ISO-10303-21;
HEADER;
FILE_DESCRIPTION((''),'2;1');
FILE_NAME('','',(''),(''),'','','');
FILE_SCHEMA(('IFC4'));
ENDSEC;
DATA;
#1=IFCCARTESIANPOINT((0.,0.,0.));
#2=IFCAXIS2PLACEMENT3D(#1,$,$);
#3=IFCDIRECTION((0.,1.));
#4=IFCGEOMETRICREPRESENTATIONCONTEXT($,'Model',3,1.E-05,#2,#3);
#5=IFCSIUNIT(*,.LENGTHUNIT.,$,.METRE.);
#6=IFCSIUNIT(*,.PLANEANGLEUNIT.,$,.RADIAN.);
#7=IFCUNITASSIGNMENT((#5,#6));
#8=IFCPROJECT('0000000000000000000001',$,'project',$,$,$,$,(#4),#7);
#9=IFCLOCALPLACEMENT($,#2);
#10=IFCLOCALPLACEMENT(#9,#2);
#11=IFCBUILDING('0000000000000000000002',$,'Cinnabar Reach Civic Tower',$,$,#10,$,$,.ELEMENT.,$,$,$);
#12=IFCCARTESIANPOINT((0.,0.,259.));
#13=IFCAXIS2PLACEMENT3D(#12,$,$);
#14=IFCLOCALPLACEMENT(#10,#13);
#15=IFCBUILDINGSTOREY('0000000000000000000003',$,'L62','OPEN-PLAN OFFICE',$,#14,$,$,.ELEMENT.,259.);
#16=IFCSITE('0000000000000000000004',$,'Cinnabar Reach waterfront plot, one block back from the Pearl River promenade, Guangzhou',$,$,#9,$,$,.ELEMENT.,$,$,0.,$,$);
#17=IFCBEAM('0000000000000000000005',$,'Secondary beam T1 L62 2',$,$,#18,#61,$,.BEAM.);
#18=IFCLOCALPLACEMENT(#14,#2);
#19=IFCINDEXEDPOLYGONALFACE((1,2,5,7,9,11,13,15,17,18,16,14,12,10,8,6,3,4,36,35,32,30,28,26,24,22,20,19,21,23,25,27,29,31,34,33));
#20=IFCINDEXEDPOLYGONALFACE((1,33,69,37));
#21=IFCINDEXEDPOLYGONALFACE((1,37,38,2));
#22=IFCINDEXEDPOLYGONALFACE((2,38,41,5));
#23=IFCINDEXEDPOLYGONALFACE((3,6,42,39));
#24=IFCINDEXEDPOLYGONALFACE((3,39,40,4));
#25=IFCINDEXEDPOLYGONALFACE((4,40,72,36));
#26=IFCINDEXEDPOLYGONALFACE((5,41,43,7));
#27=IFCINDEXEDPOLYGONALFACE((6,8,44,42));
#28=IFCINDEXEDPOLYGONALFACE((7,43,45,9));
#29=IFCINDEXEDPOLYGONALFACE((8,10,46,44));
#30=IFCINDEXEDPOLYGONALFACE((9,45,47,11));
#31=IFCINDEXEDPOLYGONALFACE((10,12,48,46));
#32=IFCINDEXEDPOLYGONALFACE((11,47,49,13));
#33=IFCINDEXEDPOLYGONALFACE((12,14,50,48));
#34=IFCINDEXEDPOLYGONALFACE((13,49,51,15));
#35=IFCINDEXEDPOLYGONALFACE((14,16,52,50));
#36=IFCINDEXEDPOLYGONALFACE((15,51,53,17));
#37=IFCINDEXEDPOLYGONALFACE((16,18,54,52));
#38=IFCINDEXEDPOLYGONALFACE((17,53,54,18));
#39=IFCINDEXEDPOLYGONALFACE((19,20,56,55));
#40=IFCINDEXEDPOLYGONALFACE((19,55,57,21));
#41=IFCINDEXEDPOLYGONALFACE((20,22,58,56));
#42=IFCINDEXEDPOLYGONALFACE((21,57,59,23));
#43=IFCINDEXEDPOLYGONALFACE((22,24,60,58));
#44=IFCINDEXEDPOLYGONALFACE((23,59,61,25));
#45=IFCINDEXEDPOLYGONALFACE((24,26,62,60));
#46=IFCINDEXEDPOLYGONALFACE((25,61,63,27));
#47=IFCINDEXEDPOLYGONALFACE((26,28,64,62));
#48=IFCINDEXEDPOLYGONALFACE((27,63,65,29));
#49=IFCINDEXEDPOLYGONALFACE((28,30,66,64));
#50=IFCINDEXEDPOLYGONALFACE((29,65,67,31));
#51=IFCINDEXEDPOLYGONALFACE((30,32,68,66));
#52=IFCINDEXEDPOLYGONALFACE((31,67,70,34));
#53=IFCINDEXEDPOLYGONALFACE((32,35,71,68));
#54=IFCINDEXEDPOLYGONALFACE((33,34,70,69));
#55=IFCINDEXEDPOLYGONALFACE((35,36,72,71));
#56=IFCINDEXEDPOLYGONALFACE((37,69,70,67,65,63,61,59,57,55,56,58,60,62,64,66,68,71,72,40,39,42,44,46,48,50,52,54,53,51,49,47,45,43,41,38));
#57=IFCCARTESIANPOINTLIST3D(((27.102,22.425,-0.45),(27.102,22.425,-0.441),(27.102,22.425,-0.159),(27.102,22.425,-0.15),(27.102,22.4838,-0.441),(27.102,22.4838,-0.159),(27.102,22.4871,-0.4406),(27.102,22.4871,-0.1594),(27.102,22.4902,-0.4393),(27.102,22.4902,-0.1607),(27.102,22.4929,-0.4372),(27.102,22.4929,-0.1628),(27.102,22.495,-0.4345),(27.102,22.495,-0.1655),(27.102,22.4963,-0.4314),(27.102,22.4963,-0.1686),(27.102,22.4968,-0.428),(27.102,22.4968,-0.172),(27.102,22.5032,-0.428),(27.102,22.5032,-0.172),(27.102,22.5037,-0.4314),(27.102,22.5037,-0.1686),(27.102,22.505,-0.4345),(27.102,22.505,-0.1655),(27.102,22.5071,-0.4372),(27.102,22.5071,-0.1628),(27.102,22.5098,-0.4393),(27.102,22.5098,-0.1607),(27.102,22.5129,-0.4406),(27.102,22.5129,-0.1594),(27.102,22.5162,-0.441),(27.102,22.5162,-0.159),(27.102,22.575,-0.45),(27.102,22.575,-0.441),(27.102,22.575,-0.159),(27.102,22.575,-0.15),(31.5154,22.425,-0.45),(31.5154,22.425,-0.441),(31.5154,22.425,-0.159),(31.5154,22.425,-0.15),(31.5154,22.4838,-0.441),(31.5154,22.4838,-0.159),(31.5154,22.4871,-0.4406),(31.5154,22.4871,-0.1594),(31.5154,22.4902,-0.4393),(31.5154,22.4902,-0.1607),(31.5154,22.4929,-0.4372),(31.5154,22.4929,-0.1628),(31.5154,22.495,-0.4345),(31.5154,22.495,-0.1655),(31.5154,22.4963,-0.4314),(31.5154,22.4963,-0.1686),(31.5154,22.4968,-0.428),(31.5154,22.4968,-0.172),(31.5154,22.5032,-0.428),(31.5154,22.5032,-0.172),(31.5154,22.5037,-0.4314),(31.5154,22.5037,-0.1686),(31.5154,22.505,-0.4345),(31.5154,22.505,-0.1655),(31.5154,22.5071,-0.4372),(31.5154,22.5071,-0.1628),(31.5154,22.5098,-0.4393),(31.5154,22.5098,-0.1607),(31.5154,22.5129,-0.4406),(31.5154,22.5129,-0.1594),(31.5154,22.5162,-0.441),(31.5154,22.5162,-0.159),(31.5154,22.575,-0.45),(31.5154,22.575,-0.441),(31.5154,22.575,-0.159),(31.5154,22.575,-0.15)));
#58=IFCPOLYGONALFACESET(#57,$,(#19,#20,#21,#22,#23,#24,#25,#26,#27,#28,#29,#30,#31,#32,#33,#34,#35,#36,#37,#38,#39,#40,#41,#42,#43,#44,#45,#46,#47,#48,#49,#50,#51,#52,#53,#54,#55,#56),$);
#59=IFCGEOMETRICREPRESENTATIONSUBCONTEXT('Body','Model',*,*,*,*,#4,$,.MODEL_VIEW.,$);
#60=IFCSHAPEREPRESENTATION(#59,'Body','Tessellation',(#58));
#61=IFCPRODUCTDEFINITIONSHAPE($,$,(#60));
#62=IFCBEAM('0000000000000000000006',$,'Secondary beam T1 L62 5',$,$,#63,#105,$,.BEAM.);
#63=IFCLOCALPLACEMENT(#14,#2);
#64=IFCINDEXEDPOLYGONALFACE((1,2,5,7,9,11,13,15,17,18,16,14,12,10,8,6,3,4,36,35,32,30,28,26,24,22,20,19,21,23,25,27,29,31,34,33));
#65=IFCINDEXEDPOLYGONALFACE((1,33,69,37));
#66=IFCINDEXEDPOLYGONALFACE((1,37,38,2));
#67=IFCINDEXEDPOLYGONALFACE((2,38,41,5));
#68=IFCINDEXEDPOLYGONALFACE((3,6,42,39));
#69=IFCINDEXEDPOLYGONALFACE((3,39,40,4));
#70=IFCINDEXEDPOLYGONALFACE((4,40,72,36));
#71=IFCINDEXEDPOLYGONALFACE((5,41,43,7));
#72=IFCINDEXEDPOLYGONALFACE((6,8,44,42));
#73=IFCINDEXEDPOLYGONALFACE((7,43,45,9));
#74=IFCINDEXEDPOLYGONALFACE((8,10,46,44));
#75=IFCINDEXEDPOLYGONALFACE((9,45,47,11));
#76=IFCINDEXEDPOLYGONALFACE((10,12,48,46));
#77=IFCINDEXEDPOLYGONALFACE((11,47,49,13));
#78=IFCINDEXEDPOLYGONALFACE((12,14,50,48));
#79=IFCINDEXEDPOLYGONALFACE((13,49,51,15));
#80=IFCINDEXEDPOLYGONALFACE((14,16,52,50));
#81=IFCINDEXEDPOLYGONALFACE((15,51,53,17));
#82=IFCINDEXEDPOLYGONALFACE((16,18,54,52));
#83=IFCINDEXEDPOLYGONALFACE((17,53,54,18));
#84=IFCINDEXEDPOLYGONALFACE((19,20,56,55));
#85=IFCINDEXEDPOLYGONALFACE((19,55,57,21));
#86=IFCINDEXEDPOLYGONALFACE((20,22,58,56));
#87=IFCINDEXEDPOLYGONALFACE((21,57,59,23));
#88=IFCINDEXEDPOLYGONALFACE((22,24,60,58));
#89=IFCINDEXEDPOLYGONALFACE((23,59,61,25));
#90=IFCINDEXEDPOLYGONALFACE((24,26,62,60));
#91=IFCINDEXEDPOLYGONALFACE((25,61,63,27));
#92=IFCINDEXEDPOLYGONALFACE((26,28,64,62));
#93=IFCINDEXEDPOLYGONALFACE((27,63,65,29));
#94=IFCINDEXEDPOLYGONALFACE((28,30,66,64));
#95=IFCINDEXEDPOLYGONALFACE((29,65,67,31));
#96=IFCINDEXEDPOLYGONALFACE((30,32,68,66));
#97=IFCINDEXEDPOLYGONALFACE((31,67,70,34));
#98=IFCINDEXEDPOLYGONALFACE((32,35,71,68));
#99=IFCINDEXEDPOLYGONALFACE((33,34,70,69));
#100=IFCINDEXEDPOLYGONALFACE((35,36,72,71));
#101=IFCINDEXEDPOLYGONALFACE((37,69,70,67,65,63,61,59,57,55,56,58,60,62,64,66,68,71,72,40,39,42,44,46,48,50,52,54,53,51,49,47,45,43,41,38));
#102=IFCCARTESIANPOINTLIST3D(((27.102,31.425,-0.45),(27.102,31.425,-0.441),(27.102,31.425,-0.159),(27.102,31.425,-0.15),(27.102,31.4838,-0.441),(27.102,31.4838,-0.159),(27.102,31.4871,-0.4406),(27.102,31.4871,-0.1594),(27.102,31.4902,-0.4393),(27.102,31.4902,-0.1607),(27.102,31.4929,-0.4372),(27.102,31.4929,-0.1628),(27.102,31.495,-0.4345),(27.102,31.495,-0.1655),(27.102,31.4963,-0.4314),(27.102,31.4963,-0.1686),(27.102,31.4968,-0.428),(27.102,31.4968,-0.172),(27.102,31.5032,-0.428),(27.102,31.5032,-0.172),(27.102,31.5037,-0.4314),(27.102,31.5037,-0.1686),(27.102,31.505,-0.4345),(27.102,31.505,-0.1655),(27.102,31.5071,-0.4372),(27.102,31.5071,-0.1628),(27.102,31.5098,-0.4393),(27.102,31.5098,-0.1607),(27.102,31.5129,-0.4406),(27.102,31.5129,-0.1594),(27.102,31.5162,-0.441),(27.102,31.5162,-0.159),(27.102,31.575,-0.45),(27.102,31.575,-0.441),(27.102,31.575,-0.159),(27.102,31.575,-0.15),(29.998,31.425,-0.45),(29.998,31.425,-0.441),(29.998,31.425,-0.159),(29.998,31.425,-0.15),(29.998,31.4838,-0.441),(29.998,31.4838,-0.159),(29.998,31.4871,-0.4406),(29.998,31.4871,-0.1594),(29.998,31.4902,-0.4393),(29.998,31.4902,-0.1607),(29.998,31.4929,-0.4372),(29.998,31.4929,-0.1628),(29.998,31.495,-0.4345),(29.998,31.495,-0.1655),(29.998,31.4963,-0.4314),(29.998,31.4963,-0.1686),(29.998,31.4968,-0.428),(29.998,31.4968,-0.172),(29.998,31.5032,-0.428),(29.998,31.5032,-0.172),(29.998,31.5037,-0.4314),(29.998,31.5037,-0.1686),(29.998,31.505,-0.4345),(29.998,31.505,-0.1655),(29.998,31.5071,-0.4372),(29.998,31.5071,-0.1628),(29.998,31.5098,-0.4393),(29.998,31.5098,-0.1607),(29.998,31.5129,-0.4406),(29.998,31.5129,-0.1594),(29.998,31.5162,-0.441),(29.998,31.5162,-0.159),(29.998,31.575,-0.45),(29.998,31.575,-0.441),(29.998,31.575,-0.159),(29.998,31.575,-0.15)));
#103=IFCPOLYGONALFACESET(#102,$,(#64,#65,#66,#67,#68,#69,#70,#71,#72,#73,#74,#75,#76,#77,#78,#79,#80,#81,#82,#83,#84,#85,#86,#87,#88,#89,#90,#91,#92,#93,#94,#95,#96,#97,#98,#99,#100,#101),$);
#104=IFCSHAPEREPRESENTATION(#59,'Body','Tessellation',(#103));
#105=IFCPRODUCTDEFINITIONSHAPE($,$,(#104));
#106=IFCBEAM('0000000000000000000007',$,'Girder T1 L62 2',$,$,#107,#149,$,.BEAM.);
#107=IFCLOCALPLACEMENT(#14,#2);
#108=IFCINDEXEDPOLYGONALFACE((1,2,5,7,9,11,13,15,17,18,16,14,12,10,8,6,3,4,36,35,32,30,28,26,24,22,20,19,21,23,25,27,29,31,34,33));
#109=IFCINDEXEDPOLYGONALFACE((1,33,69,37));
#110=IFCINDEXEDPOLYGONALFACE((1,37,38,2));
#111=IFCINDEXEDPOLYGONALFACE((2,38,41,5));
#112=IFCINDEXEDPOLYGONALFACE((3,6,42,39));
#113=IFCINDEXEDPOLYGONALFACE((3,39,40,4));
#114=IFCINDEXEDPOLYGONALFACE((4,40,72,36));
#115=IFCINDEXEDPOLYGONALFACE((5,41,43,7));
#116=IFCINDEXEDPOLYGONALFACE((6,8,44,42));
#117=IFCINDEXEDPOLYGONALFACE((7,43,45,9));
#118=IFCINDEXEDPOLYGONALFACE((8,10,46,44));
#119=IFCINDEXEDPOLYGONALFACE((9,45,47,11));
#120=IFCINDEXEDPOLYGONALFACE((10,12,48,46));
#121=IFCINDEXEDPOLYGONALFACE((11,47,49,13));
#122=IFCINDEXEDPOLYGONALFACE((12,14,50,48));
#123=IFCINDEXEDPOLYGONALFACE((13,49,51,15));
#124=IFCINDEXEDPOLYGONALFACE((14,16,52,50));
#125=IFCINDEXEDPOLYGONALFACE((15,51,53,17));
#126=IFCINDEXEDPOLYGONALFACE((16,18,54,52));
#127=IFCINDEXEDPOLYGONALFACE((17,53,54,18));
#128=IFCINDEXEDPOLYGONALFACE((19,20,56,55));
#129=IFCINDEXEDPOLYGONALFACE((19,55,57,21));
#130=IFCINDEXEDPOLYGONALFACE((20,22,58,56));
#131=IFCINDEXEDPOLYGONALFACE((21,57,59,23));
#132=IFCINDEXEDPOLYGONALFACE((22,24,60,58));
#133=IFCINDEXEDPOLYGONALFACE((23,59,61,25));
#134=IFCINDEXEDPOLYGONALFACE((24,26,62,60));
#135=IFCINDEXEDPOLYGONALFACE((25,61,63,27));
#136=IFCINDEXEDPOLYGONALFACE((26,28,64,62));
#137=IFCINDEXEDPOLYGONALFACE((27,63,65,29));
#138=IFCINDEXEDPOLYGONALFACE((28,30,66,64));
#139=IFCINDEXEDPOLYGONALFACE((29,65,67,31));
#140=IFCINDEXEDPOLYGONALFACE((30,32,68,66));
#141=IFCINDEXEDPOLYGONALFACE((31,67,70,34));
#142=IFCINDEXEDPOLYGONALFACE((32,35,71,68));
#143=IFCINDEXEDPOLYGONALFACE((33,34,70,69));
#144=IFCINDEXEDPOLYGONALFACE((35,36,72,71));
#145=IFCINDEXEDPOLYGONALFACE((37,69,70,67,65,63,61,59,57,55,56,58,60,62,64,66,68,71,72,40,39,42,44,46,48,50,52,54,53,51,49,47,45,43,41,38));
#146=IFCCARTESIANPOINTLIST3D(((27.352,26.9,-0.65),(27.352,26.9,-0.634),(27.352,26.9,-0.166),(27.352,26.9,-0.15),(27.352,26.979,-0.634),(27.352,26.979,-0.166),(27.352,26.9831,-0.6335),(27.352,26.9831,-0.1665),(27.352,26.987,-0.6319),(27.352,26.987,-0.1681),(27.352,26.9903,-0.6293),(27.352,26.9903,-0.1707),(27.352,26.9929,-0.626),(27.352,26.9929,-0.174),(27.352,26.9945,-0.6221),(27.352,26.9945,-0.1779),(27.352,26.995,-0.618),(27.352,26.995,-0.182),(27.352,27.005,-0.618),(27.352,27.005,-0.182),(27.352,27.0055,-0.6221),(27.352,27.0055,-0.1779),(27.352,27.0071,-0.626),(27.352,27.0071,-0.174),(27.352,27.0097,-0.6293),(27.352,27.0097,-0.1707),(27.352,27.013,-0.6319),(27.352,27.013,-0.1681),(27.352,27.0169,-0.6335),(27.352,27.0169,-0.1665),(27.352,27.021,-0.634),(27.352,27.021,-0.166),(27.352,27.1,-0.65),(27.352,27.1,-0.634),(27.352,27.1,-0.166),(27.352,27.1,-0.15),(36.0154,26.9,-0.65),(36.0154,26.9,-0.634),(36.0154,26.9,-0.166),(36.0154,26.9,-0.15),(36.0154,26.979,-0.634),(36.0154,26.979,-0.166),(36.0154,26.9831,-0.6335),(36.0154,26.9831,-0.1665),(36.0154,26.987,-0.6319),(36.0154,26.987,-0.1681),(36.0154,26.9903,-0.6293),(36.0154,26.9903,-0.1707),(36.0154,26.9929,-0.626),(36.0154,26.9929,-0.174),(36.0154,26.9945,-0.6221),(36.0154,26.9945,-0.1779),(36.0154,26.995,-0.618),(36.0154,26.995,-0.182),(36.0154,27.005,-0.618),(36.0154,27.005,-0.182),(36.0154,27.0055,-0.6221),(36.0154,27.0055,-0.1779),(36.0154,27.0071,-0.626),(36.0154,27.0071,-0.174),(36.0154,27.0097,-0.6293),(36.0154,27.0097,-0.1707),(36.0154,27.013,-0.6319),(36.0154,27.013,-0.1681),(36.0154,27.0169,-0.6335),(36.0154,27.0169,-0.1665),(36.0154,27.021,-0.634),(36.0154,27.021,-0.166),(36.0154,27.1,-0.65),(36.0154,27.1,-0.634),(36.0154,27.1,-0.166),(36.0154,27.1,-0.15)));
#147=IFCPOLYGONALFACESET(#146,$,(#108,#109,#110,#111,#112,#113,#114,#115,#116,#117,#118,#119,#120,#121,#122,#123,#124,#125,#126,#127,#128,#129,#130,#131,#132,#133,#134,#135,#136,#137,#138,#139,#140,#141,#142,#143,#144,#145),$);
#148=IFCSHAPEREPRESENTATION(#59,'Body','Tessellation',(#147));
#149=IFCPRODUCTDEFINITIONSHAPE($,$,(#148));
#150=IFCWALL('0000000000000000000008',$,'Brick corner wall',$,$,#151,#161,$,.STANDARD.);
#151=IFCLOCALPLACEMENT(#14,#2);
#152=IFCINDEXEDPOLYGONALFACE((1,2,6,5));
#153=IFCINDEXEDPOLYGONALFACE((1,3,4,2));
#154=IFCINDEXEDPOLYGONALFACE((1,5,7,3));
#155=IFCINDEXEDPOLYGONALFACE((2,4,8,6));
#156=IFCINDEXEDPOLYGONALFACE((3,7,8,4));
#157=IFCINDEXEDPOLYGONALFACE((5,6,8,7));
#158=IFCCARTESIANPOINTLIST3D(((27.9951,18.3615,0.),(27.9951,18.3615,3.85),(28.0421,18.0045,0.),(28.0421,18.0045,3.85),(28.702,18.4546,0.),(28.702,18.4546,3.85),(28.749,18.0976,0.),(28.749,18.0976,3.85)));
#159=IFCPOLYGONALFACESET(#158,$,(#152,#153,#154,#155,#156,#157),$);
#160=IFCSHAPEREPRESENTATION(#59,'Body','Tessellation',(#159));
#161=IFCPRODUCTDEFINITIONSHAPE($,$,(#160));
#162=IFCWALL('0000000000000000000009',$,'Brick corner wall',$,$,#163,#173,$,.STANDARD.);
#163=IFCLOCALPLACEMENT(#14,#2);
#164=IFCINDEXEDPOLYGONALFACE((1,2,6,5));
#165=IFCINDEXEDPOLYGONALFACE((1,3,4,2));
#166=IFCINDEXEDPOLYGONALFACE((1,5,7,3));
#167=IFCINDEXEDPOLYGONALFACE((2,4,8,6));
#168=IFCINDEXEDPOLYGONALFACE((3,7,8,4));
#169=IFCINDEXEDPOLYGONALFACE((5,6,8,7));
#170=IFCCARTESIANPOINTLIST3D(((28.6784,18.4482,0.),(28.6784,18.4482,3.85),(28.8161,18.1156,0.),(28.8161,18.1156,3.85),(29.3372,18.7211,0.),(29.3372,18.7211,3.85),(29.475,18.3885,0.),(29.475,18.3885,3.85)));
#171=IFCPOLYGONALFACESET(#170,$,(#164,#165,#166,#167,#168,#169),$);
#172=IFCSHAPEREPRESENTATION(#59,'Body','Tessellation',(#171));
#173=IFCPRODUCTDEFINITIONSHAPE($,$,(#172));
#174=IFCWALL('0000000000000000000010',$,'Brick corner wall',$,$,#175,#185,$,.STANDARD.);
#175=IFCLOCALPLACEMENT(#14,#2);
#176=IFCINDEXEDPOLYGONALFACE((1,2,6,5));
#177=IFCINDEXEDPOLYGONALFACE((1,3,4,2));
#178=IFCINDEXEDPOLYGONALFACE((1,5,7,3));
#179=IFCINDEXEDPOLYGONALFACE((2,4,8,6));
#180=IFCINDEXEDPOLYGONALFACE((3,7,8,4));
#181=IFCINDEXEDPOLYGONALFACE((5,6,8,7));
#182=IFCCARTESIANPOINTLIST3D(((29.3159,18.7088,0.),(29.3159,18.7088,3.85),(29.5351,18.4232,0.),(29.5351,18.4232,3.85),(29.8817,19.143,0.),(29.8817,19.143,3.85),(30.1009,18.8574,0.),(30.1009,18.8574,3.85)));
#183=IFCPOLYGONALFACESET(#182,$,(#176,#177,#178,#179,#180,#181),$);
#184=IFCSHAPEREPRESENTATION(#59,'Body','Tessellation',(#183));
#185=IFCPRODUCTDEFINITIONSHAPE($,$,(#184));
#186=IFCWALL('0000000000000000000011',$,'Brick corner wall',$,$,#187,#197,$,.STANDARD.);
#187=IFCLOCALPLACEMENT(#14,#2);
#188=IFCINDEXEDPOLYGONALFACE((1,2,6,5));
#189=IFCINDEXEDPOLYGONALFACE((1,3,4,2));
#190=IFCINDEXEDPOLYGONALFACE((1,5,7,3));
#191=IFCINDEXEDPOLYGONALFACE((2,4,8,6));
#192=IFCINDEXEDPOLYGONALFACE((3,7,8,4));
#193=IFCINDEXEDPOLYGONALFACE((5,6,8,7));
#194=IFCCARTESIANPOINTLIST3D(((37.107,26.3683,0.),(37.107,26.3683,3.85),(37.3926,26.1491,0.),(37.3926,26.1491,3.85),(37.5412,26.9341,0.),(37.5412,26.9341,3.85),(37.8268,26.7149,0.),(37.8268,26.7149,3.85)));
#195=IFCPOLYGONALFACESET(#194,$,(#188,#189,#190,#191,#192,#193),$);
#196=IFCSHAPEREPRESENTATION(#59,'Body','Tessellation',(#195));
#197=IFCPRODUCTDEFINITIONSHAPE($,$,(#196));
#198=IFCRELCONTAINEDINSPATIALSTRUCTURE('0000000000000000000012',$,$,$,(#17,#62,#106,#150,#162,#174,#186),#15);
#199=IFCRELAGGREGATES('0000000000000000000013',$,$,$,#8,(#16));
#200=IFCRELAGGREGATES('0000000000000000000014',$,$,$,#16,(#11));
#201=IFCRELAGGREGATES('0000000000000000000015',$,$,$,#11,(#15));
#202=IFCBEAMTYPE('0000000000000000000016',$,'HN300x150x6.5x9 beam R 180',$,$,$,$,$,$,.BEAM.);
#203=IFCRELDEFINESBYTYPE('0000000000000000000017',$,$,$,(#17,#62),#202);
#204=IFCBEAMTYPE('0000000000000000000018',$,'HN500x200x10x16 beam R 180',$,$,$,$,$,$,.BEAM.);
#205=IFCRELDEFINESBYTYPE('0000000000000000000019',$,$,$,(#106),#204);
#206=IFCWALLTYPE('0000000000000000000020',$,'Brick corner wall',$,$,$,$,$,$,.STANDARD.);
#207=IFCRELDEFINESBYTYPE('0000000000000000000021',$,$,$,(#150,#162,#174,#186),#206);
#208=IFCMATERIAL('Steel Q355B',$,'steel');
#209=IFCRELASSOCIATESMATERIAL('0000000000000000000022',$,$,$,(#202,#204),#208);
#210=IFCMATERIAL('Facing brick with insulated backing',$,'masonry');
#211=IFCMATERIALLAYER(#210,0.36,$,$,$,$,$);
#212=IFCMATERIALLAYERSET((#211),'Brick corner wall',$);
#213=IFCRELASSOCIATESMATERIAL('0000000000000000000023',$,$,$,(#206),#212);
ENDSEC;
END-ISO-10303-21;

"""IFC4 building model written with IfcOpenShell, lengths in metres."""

from ifc_helpers import new_model, si_unit, direction, frame, frame_2d, origin, origin_2d, place, context, subcontext, project, spatial, rectangle, i_section, extrude, material, layer, layer_set, material_profile, profile_set, type_object, element, save


model = new_model("IFC4")

# Units and contexts
model_context = context("Model", 3, precision=1e-05, world=origin(), true_north=direction((0.0, 1.0)))
body_context = subcontext(model_context, "Body", "Model", "MODEL_VIEW")
ifc_project = project(units=[si_unit("LENGTHUNIT", "METRE"), si_unit("PLANEANGLEUNIT", "RADIAN")], contexts=[model_context])

# Site, building, storey
site_placement = place(None, origin())
site = spatial("IfcSite", under=ifc_project, at=site_placement, Name="Cinnabar Reach waterfront plot, one block back from the Pearl River promenade, Guangzhou", CompositionType="ELEMENT", RefElevation=0.0)
building_placement = place(site_placement, origin())
building = spatial("IfcBuilding", under=site, at=building_placement, Name="Cinnabar Reach Civic Tower", CompositionType="ELEMENT")
storey_placement = place(building_placement, frame((0.0, 0.0, 259.0)))
storey = spatial("IfcBuildingStorey", under=building, at=storey_placement, Name="L62", Description="OPEN-PLAN OFFICE", CompositionType="ELEMENT", Elevation=259.0)

# Beams
ifc_material_1 = material(Name="Steel Q355B", Category="steel")
ifc_material_profile_1 = material_profile(ifc_material_1, i_section(OverallWidth=0.15, OverallDepth=0.3, WebThickness=0.0065, FlangeThickness=0.009, FilletRadius=0.013, at=origin_2d()), Name="HN300x150x6.5x9")
ifc_profile_set_1 = profile_set([ifc_material_profile_1], Name="Steel Q355B")
beam_type_1 = type_object("IfcBeamType", Name="HN300x150x6.5x9 beam R 180", PredefinedType="BEAM", material=ifc_profile_set_1)
beam_1_placement = place(storey_placement, frame((27.102, 22.5, -0.3), z_axis=(1.0, 0.0, 0.0), x_axis=(0.0, 1.0, 0.0)))
element("IfcBeam", 1, at=beam_1_placement, inside=storey, type_object=beam_type_1, Name="Secondary beam T1 L62 2", PredefinedType="BEAM", context=body_context, shape_type="SweptSolid", body=[
    extrude(i_section(OverallWidth=0.15, OverallDepth=0.3, WebThickness=0.0065, FlangeThickness=0.009, FilletRadius=0.013, at=origin_2d()), origin(), (0.0, 0.0, 1.0), 4.4134),
])
beam_2_placement = place(storey_placement, frame((27.102, 31.5, -0.3), z_axis=(1.0, 0.0, 0.0), x_axis=(0.0, 1.0, 0.0)))
element("IfcBeam", 2, at=beam_2_placement, inside=storey, type_object=beam_type_1, Name="Secondary beam T1 L62 5", PredefinedType="BEAM", context=body_context, shape_type="SweptSolid", body=[
    extrude(i_section(OverallWidth=0.15, OverallDepth=0.3, WebThickness=0.0065, FlangeThickness=0.009, FilletRadius=0.013, at=origin_2d()), origin(), (0.0, 0.0, 1.0), 2.896),
])
ifc_material_profile_2 = material_profile(ifc_material_1, i_section(OverallWidth=0.2, OverallDepth=0.5, WebThickness=0.01, FlangeThickness=0.016, FilletRadius=0.016, at=origin_2d()), Name="HN500x200x10x16")
ifc_profile_set_2 = profile_set([ifc_material_profile_2], Name="Steel Q355B")
beam_type_2 = type_object("IfcBeamType", Name="HN500x200x10x16 beam R 180", PredefinedType="BEAM", material=ifc_profile_set_2)
beam_3_placement = place(storey_placement, frame((27.352, 27.0, -0.4), z_axis=(1.0, 0.0, 0.0), x_axis=(0.0, 1.0, 0.0)))
element("IfcBeam", 3, at=beam_3_placement, inside=storey, type_object=beam_type_2, Name="Girder T1 L62 2", PredefinedType="BEAM", context=body_context, shape_type="SweptSolid", body=[
    extrude(i_section(OverallWidth=0.2, OverallDepth=0.5, WebThickness=0.01, FlangeThickness=0.016, FilletRadius=0.016, at=origin_2d()), origin(), (0.0, 0.0, 1.0), 8.6634),
])

# Walls
ifc_material_2 = material(Name="Facing brick with insulated backing", Category="masonry")
ifc_layer_1 = layer(ifc_material_2, 0.36)
ifc_layer_set_1 = layer_set([ifc_layer_1], Name="Brick corner wall")
wall_type_1 = type_object("IfcWallType", Name="Brick corner wall", PredefinedType="STANDARD", material=ifc_layer_set_1)
for number, where, z_axis, x_axis, name in (
    (4, (28.0186, 18.183, 0.0), (0.0, 0.0, 1.0), (0.991441, 0.130556, 0.0), "Brick corner wall"),
    (5, (28.7473, 18.2819, 0.0), (0.0, 0.0, 1.0), (0.923872, 0.382703, 0.0), "Brick corner wall"),
):
    element("IfcWall", number, at=place(storey_placement, frame(where, z_axis=z_axis, x_axis=x_axis)), inside=storey, type_object=wall_type_1, Name=name, PredefinedType="STANDARD", context=body_context, shape_type="SweptSolid", body=[
        extrude(rectangle(XDim=0.7131, YDim=0.36, at=frame_2d((0.3565, 0.0))), origin(), (0.0, 0.0, 1.0), 3.85),
    ])
for number, where, z_axis, x_axis, name in (
    (6, (29.4255, 18.566, 0.0), (0.0, 0.0, 1.0), (0.793322, 0.608802, 0.0), "Brick corner wall"),
    (7, (37.2498, 26.2587, 0.0), (0.0, 0.0, 1.0), (0.608802, 0.793322, 0.0), "Brick corner wall"),
):
    element("IfcWall", number, at=place(storey_placement, frame(where, z_axis=z_axis, x_axis=x_axis)), inside=storey, type_object=wall_type_1, Name=name, PredefinedType="STANDARD", context=body_context, shape_type="SweptSolid", body=[
        extrude(rectangle(XDim=0.7132, YDim=0.36, at=frame_2d((0.3566, 0.0))), origin(), (0.0, 0.0, 1.0), 3.85),
    ])

save(model, "model.ifc")
